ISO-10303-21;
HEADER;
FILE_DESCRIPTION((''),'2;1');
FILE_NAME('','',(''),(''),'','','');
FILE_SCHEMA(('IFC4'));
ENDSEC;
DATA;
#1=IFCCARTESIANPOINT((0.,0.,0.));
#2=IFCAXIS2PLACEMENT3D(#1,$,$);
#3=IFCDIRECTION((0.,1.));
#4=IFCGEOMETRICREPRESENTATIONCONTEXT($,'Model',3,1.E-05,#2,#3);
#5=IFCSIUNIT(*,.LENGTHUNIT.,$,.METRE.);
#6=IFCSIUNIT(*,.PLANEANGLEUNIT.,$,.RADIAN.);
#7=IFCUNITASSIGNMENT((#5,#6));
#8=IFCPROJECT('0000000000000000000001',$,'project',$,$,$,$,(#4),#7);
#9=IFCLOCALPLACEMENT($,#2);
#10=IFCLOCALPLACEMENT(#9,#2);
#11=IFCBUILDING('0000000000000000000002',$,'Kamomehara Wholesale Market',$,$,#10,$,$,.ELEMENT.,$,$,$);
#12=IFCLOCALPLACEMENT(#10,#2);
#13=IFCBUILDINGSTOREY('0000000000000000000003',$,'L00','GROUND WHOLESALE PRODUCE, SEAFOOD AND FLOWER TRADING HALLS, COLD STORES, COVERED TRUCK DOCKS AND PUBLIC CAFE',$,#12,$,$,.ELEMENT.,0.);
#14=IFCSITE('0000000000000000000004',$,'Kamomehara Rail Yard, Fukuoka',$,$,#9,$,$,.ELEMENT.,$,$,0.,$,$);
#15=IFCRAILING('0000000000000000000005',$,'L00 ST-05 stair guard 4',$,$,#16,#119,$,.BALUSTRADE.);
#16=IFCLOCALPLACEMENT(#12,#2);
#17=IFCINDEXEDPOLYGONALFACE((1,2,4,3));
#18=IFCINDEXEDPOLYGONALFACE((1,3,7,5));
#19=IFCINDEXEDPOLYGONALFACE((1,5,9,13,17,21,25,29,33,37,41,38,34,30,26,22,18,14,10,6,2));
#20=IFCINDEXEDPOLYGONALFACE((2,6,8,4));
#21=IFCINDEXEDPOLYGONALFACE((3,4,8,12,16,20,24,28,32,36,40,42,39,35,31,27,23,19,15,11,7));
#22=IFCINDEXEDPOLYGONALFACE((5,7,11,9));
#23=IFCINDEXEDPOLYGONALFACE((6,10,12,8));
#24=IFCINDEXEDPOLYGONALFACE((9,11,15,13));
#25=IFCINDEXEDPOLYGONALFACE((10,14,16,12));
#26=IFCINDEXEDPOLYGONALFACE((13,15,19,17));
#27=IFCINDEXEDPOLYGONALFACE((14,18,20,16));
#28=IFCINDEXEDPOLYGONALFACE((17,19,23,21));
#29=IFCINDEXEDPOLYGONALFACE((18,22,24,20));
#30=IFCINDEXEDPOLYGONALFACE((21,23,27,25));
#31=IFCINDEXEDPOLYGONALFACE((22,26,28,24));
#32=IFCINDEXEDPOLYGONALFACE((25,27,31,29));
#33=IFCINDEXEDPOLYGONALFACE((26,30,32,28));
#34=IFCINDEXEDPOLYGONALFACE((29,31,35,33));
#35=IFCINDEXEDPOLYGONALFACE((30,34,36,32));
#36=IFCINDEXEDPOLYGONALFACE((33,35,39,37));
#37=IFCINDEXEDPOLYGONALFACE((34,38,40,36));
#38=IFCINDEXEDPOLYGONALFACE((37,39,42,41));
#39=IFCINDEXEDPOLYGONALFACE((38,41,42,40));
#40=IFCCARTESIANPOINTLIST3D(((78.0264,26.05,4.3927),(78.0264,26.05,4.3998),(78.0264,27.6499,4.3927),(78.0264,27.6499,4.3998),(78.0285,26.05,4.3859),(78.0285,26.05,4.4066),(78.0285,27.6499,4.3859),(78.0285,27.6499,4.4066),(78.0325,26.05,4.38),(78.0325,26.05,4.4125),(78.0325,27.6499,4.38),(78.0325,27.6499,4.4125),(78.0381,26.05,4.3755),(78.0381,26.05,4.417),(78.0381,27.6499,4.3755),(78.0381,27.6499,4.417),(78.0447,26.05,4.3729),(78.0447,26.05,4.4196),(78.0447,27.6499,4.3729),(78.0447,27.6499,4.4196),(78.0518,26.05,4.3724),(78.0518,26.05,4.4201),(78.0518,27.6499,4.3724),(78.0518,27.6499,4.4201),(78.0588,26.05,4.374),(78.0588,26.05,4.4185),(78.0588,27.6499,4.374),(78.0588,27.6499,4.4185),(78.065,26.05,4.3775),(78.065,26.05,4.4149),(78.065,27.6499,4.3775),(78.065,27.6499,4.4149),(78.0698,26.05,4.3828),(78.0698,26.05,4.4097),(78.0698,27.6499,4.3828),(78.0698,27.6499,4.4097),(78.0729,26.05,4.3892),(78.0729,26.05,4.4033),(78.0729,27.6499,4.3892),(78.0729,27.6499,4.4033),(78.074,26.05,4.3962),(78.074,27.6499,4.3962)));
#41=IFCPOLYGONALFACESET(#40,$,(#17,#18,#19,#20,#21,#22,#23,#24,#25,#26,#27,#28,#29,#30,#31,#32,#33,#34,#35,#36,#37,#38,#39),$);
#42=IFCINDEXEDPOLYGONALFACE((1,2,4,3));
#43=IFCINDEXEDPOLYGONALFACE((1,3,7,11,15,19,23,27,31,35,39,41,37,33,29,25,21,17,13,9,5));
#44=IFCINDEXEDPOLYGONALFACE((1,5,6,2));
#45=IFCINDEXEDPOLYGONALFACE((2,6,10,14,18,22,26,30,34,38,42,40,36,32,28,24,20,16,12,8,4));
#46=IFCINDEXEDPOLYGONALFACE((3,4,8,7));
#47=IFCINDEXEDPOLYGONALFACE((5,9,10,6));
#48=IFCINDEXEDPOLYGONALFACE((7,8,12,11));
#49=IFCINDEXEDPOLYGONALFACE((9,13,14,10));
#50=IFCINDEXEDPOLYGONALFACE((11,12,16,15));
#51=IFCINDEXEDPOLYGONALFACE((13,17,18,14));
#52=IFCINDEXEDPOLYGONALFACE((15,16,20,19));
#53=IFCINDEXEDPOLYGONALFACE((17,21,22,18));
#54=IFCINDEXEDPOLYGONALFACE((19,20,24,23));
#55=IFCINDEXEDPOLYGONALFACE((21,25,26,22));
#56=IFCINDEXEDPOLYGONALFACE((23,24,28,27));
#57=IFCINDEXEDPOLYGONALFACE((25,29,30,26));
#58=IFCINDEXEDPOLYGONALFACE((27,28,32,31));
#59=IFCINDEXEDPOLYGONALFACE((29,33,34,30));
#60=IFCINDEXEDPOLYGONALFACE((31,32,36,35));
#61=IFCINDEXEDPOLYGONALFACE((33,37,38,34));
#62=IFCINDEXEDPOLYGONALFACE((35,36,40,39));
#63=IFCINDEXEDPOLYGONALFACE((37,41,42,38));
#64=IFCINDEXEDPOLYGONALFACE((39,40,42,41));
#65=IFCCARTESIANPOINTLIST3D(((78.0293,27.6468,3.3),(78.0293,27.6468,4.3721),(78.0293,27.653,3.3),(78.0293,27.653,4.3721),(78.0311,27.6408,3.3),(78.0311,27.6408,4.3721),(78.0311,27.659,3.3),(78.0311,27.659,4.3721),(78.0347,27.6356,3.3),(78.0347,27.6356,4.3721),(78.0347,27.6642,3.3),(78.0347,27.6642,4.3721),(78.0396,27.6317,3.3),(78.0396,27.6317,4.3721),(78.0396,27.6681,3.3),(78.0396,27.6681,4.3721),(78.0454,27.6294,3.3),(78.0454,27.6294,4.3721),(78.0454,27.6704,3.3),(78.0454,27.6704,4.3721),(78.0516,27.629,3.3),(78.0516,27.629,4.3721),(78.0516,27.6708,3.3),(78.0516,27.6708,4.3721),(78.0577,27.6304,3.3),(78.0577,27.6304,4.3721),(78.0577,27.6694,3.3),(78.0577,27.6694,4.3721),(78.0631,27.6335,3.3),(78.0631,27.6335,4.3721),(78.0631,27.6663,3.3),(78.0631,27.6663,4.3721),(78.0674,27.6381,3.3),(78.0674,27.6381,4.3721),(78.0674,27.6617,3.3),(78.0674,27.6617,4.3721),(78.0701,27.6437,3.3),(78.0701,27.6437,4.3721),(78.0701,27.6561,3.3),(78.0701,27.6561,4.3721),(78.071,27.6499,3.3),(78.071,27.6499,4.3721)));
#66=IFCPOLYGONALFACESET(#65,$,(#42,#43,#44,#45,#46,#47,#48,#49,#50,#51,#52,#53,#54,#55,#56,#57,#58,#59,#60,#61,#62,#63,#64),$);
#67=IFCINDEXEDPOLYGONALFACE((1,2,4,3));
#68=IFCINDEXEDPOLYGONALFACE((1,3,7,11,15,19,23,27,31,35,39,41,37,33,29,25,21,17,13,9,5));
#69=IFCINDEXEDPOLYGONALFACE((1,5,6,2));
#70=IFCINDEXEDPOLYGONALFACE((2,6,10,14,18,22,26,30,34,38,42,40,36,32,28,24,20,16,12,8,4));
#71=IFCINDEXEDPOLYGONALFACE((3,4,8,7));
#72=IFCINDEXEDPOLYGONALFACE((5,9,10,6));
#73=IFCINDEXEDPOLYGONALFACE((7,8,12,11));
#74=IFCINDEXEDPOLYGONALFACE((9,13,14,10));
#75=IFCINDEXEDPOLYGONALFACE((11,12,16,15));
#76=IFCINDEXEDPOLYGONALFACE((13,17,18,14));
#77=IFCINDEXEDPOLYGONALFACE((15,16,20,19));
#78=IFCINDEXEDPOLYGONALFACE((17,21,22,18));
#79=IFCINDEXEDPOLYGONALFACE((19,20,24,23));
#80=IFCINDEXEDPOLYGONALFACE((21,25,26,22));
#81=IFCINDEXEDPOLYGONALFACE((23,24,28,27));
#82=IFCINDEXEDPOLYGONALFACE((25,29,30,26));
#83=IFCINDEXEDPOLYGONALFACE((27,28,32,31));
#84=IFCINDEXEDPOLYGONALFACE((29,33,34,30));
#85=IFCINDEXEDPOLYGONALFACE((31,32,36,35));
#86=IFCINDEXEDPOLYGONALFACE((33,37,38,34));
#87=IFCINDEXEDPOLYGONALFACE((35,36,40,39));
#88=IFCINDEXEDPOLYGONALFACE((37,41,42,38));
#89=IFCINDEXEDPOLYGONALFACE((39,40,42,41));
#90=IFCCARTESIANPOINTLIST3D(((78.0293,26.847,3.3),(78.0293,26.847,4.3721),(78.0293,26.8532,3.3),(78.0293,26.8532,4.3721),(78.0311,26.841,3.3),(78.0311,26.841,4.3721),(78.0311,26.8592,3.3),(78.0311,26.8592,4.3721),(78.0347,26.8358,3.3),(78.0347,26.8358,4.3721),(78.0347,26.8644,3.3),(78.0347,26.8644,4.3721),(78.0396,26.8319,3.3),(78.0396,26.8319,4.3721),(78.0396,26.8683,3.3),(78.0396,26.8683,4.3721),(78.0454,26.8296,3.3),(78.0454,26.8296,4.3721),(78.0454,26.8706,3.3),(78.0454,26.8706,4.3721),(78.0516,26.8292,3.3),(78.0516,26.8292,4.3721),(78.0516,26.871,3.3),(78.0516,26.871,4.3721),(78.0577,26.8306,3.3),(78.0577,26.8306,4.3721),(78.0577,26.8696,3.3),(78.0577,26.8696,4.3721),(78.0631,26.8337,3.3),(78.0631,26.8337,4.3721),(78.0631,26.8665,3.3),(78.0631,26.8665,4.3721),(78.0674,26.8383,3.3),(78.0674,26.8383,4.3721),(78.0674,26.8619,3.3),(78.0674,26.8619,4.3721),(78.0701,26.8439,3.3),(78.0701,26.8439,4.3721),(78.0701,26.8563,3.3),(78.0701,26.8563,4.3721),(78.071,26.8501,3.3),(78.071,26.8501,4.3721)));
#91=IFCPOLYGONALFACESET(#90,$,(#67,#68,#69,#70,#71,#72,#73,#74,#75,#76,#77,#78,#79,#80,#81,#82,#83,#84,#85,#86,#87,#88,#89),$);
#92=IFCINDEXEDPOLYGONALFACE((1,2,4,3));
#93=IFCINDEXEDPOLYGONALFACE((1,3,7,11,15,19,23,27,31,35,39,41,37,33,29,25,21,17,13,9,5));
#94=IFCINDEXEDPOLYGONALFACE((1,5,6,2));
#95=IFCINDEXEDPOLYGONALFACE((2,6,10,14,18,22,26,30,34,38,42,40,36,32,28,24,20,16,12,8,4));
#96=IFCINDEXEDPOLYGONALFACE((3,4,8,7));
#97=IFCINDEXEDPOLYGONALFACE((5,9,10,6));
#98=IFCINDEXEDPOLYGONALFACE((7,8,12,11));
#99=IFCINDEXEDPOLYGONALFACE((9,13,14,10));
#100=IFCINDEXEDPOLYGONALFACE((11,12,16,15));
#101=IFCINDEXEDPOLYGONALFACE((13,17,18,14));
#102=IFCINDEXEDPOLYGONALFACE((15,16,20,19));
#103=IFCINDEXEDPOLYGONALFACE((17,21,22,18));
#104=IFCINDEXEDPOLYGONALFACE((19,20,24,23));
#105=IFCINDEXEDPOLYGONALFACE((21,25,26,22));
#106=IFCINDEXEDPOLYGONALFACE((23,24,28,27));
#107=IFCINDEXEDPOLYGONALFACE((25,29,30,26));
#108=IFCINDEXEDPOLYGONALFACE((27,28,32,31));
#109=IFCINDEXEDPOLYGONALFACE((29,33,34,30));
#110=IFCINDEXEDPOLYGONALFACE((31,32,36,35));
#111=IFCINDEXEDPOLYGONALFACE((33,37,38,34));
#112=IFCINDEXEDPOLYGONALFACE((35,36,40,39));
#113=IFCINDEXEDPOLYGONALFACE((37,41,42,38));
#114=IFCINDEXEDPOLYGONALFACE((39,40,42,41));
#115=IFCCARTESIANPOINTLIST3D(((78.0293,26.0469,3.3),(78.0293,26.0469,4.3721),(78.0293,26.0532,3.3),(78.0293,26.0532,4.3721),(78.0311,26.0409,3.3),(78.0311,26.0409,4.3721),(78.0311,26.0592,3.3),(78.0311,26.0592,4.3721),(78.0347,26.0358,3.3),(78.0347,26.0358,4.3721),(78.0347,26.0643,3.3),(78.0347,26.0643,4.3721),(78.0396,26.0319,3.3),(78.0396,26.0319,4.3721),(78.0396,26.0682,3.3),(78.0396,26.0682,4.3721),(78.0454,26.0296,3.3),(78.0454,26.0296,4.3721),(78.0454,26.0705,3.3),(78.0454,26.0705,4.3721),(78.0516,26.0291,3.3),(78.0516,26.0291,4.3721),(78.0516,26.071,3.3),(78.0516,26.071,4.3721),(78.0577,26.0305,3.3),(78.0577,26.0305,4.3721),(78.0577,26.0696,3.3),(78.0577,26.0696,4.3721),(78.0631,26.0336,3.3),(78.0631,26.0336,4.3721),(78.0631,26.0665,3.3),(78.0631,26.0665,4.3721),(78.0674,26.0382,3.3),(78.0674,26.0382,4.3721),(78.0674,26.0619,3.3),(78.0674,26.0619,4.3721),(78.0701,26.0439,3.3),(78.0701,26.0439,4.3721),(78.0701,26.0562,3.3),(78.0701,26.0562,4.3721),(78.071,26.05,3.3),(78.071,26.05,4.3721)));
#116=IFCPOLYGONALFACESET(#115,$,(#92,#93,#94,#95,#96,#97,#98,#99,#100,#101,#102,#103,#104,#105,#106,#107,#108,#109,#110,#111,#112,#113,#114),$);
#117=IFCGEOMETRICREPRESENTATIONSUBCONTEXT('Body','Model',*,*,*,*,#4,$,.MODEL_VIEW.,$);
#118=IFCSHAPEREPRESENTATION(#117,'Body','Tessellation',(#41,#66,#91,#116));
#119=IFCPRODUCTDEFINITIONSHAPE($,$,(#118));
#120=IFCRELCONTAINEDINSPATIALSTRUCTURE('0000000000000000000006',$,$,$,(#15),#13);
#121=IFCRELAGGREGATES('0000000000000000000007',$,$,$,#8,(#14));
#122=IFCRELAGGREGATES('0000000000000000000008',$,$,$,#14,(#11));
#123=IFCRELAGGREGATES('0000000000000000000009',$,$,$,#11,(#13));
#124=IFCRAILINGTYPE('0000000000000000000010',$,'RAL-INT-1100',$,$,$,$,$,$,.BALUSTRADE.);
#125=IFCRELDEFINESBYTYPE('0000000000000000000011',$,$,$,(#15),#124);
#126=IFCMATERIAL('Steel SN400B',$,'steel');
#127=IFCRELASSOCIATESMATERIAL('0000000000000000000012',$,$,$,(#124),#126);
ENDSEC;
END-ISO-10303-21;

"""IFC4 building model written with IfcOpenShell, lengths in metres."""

from ifc_helpers import new_model, si_unit, direction, frame, origin, origin_2d, place, context, subcontext, project, spatial, circle, extrude, material, type_object, element, save


model = new_model("IFC4")

# Units and contexts
model_context = context("Model", 3, precision=1e-05, world=origin(), true_north=direction((0.0, 1.0)))
body_context = subcontext(model_context, "Body", "Model", "MODEL_VIEW")
ifc_project = project(units=[si_unit("LENGTHUNIT", "METRE"), si_unit("PLANEANGLEUNIT", "RADIAN")], contexts=[model_context])

# Site, building, storey
site_placement = place(None, origin())
site = spatial("IfcSite", under=ifc_project, at=site_placement, Name="Kamomehara Rail Yard, Fukuoka", CompositionType="ELEMENT", RefElevation=0.0)
building_placement = place(site_placement, origin())
building = spatial("IfcBuilding", under=site, at=building_placement, Name="Kamomehara Wholesale Market", CompositionType="ELEMENT")
storey_placement = place(building_placement, origin())
storey = spatial("IfcBuildingStorey", under=building, at=storey_placement, Name="L00", Description="GROUND WHOLESALE PRODUCE, SEAFOOD AND FLOWER TRADING HALLS, COLD STORES, COVERED TRUCK DOCKS AND PUBLIC CAFE", CompositionType="ELEMENT", Elevation=0.0)

# Railing
ifc_material_1 = material(Name="Steel SN400B", Category="steel")
railing_type_1 = type_object("IfcRailingType", Name="RAL-INT-1100", PredefinedType="BALUSTRADE", material=ifc_material_1)
for number, where, name in (
    (1, (78.05, 27.6499, 3.3), "L00 ST-05 stair guard 4"),
):
    element("IfcRailing", number, at=place(storey_placement, frame(where)), inside=storey, type_object=railing_type_1, Name=name, PredefinedType="BALUSTRADE", context=body_context, shape_type="SweptSolid", body=[
        extrude(circle(Radius=0.0239, at=origin_2d()), frame((0.0, 0.0, 1.0962), z_axis=(0.0, -1.0, 0.0), x_axis=(1.0, 0.0, 0.0)), (0.0, 0.0, 1.0), 1.5999),
        extrude(circle(Radius=0.021, at=origin_2d()), origin(), (0.0, 0.0, 1.0), 1.072),
        extrude(circle(Radius=0.021, at=origin_2d()), frame((0.0, -0.7998, 0.0)), (0.0, 0.0, 1.0), 1.072),
        extrude(circle(Radius=0.021, at=origin_2d()), frame((0.0, -1.5999, 0.0)), (0.0, 0.0, 1.0), 1.072),
    ])

save(model, "model.ifc")
